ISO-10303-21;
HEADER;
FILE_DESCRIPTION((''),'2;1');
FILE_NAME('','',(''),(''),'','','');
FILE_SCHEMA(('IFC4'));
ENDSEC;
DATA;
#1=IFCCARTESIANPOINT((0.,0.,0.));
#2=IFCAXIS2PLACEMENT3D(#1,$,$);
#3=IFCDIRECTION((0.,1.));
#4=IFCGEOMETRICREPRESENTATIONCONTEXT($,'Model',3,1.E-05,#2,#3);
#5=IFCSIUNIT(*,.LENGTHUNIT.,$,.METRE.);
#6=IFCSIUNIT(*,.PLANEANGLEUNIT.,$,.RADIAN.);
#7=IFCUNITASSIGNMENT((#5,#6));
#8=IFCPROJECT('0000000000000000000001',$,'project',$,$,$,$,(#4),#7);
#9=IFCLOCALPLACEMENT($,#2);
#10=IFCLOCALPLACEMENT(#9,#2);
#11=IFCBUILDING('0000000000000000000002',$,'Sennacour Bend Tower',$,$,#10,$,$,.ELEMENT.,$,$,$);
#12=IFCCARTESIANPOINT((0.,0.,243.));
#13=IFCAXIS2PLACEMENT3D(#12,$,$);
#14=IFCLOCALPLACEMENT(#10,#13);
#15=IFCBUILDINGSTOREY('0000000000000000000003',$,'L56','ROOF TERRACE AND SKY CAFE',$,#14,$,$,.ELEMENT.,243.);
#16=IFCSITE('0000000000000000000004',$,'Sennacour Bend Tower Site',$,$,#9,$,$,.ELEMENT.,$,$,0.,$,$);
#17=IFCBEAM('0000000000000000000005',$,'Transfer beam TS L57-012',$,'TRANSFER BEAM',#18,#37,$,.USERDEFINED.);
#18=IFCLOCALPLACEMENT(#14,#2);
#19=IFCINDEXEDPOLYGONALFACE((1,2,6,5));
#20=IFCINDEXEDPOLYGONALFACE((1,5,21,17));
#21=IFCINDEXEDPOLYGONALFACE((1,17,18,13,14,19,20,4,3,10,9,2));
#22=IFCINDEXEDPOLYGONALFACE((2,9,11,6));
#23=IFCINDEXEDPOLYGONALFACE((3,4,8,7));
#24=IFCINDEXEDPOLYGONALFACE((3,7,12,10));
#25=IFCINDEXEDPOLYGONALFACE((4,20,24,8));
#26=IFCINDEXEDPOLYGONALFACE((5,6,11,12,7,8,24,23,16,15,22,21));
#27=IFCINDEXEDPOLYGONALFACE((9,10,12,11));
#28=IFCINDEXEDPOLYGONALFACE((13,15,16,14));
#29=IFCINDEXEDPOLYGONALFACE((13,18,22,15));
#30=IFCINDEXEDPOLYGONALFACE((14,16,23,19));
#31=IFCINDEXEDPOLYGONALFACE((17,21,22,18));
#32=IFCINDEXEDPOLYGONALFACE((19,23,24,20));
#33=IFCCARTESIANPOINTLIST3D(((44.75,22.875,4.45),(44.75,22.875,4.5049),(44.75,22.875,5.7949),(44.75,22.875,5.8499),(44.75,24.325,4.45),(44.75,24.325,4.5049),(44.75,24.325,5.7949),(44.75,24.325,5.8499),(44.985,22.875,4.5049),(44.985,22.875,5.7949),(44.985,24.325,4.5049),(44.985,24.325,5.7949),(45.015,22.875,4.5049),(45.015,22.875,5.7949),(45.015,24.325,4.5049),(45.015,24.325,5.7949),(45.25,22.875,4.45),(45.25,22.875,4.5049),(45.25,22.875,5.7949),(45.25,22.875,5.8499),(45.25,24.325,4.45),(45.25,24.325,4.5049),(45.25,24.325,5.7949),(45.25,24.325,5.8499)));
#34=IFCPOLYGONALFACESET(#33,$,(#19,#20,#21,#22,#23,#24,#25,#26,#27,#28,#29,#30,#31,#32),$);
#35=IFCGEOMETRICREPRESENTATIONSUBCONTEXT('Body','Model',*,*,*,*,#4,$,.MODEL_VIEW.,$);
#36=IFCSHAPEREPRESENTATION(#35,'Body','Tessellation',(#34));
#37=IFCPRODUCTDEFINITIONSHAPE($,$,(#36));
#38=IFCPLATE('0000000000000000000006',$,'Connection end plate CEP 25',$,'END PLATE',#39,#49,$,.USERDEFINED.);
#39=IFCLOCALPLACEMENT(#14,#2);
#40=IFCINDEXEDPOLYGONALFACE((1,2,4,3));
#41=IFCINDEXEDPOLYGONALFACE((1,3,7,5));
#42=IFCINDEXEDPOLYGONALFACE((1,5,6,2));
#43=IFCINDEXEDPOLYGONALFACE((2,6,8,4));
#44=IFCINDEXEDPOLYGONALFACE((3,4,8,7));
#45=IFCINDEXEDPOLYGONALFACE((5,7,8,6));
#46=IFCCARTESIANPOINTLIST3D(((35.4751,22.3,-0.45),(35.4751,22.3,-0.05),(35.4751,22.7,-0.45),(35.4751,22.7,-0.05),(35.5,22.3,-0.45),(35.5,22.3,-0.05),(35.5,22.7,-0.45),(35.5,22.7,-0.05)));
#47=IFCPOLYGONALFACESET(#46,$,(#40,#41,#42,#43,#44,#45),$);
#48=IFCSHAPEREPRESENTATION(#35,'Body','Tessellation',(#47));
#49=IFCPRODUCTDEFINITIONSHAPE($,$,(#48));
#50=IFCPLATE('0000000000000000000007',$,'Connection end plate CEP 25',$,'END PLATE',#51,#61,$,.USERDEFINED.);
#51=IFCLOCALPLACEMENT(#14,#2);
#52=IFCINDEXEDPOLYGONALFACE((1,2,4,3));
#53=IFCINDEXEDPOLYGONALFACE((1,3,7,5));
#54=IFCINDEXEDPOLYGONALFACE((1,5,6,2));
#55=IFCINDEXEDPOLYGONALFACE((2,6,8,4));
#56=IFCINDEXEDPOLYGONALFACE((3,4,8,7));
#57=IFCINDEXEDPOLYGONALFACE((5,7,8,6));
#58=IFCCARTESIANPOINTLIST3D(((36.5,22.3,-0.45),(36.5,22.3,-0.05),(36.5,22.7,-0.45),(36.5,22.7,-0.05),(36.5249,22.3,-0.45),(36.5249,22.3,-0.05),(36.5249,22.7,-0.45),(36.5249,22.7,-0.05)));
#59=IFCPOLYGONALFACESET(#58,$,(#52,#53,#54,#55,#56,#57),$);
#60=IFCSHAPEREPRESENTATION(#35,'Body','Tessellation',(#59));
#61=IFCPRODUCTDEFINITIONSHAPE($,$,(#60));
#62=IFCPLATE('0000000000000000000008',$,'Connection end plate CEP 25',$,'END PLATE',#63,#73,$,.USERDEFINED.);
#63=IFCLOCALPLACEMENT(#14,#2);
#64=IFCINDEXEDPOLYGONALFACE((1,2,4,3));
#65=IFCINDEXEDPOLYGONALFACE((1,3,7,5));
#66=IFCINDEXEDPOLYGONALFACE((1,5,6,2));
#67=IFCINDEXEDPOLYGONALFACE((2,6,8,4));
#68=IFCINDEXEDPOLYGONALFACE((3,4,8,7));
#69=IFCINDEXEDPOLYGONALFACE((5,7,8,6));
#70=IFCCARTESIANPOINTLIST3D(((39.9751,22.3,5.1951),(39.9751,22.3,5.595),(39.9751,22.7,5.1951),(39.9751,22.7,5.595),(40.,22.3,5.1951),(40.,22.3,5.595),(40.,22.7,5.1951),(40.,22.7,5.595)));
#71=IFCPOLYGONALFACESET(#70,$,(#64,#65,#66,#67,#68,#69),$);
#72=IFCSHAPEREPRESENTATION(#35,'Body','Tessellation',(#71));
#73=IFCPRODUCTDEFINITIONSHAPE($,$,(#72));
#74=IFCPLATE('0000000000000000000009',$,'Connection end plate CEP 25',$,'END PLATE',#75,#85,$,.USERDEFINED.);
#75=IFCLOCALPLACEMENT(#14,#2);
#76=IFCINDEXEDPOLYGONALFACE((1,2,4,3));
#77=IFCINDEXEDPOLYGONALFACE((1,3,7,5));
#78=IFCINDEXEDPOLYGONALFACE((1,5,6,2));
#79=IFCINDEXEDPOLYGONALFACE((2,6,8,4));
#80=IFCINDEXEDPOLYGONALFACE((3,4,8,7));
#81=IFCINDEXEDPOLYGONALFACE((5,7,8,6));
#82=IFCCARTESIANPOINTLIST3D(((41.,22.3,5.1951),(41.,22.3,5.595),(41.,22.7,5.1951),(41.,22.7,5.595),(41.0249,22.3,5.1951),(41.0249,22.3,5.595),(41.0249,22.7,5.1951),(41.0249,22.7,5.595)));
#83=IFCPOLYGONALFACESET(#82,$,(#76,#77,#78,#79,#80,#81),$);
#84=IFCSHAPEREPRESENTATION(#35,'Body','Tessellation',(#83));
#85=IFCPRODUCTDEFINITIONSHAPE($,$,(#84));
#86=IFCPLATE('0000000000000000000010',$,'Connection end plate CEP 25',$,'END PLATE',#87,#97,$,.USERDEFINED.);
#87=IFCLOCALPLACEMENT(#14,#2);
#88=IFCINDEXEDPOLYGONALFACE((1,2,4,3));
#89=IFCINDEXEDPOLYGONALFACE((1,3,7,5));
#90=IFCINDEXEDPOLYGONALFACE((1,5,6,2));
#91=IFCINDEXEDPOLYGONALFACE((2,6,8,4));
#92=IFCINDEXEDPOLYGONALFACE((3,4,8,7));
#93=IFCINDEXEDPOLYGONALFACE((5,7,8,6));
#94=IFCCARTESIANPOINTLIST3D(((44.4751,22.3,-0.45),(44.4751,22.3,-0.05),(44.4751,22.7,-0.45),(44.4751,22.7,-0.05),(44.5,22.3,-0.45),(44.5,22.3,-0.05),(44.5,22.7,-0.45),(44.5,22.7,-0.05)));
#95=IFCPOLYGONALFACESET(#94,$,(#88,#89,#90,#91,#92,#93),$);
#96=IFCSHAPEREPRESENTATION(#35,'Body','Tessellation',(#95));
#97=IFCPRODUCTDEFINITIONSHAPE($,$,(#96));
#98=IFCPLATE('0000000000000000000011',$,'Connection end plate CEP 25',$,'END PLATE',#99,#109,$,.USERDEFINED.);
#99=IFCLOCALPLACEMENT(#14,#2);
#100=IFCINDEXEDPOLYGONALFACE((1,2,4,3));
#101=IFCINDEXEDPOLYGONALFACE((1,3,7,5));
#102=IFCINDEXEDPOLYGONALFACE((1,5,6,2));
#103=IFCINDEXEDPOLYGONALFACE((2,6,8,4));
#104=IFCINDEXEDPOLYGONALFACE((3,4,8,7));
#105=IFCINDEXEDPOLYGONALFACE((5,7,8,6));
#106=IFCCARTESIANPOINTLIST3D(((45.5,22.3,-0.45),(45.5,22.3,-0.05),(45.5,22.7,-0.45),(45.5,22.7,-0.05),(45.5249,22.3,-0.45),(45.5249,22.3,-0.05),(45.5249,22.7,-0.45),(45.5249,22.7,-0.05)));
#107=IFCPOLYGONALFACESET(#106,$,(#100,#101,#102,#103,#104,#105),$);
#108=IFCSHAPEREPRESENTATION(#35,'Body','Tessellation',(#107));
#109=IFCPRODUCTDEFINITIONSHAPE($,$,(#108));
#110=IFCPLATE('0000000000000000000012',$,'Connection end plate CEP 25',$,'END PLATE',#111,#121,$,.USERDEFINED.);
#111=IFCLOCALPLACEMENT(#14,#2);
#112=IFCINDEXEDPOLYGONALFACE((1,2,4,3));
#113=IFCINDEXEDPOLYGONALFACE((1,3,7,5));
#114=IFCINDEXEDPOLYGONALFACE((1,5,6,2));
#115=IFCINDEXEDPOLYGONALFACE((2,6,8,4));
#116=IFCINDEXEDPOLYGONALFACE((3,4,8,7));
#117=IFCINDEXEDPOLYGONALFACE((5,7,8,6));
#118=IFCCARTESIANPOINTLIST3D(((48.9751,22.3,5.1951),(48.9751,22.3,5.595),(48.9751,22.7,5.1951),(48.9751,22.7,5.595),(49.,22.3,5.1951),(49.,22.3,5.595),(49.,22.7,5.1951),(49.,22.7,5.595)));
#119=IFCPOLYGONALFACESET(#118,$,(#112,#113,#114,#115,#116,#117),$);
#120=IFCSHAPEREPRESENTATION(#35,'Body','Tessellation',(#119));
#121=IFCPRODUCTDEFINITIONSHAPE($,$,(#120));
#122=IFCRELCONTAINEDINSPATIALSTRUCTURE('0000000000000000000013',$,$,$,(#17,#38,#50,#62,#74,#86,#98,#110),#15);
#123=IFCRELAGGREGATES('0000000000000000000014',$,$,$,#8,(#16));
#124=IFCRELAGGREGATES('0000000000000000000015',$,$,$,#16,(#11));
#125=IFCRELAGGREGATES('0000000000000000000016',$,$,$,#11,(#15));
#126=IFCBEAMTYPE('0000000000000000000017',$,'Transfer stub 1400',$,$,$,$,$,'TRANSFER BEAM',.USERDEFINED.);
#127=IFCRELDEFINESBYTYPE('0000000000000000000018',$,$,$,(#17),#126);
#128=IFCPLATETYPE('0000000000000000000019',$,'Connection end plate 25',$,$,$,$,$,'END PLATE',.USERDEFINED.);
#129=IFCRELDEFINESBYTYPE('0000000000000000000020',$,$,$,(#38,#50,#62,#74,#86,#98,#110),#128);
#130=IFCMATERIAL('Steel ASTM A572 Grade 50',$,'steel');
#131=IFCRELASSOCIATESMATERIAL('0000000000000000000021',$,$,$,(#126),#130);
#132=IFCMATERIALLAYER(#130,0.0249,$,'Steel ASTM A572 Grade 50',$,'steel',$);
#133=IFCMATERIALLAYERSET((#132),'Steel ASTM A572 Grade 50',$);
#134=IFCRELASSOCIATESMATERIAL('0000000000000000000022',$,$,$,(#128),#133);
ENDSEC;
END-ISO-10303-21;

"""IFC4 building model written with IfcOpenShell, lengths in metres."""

from ifc_helpers import new_model, si_unit, direction, frame, origin, origin_2d, place, context, subcontext, project, spatial, rectangle, i_section, extrude, material, layer, layer_set, material_profile, profile_set, type_object, element, save


model = new_model("IFC4")

# Units and contexts
model_context = context("Model", 3, precision=1e-05, world=origin(), true_north=direction((0.0, 1.0)))
body_context = subcontext(model_context, "Body", "Model", "MODEL_VIEW")
ifc_project = project(units=[si_unit("LENGTHUNIT", "METRE"), si_unit("PLANEANGLEUNIT", "RADIAN")], contexts=[model_context])

# Site, building, storey
site_placement = place(None, origin())
site = spatial("IfcSite", under=ifc_project, at=site_placement, Name="Sennacour Bend Tower Site", CompositionType="ELEMENT", RefElevation=0.0)
building_placement = place(site_placement, origin())
building = spatial("IfcBuilding", under=site, at=building_placement, Name="Sennacour Bend Tower", CompositionType="ELEMENT")
storey_placement = place(building_placement, frame((0.0, 0.0, 243.0)))
storey = spatial("IfcBuildingStorey", under=building, at=storey_placement, Name="L56", Description="ROOF TERRACE AND SKY CAFE", CompositionType="ELEMENT", Elevation=243.0)

# Shared definitions
ifc_material_1 = material(Name="Steel ASTM A572 Grade 50", Category="steel")

# Beam
ifc_material_profile_1 = material_profile(ifc_material_1, i_section(OverallWidth=0.5, OverallDepth=1.3999, WebThickness=0.03, FlangeThickness=0.0549, at=origin_2d()), Name="Steel ASTM A572 Grade 50", Category="steel")
ifc_profile_set_1 = profile_set([ifc_material_profile_1], Name="Steel ASTM A572 Grade 50")
beam_type_1 = type_object("IfcBeamType", Name="Transfer stub 1400", ElementType="TRANSFER BEAM", PredefinedType="USERDEFINED", material=ifc_profile_set_1)
for number, where, z_axis, x_axis, name in (
    (1, (45.0, 22.875, 5.1499), (0.0, 1.0, 0.0), (-1.0, 0.0, 0.0), "Transfer beam TS L57-012"),
):
    element("IfcBeam", number, at=place(storey_placement, frame(where, z_axis=z_axis, x_axis=x_axis)), inside=storey, type_object=beam_type_1, Name=name, ObjectType="TRANSFER BEAM", PredefinedType="USERDEFINED", context=body_context, shape_type="SweptSolid", body=[
        extrude(i_section(OverallWidth=0.5, OverallDepth=1.3999, WebThickness=0.03, FlangeThickness=0.0549, at=origin_2d()), origin(), (0.0, 0.0, 1.0), 1.45),
    ])

# Plates
ifc_layer = layer(ifc_material_1, 0.0249, Name="Steel ASTM A572 Grade 50", Category="steel")
ifc_layer_set = layer_set([ifc_layer], Name="Steel ASTM A572 Grade 50")
plate_type = type_object("IfcPlateType", Name="Connection end plate 25", ElementType="END PLATE", PredefinedType="USERDEFINED", material=ifc_layer_set)
for number, where, z_axis, x_axis, name in (
    (2, (35.4875, 22.5, -0.45), (0.0, 0.0, 1.0), (1.0, 0.0, 0.0), "Connection end plate CEP 25"),
    (3, (36.5125, 22.5, -0.45), (0.0, 0.0, 1.0), (-1.0, 0.0, 0.0), "Connection end plate CEP 25"),
    (4, (39.9875, 22.5, 5.1951), (0.0, 0.0, 1.0), (1.0, 0.0, 0.0), "Connection end plate CEP 25"),
    (5, (41.0125, 22.5, 5.1951), (0.0, 0.0, 1.0), (-1.0, 0.0, 0.0), "Connection end plate CEP 25"),
    (6, (44.4875, 22.5, -0.45), (0.0, 0.0, 1.0), (1.0, 0.0, 0.0), "Connection end plate CEP 25"),
    (7, (45.5125, 22.5, -0.45), (0.0, 0.0, 1.0), (-1.0, 0.0, 0.0), "Connection end plate CEP 25"),
    (8, (48.9875, 22.5, 5.1951), (0.0, 0.0, 1.0), (1.0, 0.0, 0.0), "Connection end plate CEP 25"),
):
    element("IfcPlate", number, at=place(storey_placement, frame(where, z_axis=z_axis, x_axis=x_axis)), inside=storey, type_object=plate_type, Name=name, ObjectType="END PLATE", PredefinedType="USERDEFINED", context=body_context, shape_type="SweptSolid", body=[
        extrude(rectangle(XDim=0.0249, YDim=0.3999, at=origin_2d()), origin(), (0.0, 0.0, 1.0), 0.3999),
    ])

save(model, "model.ifc")
